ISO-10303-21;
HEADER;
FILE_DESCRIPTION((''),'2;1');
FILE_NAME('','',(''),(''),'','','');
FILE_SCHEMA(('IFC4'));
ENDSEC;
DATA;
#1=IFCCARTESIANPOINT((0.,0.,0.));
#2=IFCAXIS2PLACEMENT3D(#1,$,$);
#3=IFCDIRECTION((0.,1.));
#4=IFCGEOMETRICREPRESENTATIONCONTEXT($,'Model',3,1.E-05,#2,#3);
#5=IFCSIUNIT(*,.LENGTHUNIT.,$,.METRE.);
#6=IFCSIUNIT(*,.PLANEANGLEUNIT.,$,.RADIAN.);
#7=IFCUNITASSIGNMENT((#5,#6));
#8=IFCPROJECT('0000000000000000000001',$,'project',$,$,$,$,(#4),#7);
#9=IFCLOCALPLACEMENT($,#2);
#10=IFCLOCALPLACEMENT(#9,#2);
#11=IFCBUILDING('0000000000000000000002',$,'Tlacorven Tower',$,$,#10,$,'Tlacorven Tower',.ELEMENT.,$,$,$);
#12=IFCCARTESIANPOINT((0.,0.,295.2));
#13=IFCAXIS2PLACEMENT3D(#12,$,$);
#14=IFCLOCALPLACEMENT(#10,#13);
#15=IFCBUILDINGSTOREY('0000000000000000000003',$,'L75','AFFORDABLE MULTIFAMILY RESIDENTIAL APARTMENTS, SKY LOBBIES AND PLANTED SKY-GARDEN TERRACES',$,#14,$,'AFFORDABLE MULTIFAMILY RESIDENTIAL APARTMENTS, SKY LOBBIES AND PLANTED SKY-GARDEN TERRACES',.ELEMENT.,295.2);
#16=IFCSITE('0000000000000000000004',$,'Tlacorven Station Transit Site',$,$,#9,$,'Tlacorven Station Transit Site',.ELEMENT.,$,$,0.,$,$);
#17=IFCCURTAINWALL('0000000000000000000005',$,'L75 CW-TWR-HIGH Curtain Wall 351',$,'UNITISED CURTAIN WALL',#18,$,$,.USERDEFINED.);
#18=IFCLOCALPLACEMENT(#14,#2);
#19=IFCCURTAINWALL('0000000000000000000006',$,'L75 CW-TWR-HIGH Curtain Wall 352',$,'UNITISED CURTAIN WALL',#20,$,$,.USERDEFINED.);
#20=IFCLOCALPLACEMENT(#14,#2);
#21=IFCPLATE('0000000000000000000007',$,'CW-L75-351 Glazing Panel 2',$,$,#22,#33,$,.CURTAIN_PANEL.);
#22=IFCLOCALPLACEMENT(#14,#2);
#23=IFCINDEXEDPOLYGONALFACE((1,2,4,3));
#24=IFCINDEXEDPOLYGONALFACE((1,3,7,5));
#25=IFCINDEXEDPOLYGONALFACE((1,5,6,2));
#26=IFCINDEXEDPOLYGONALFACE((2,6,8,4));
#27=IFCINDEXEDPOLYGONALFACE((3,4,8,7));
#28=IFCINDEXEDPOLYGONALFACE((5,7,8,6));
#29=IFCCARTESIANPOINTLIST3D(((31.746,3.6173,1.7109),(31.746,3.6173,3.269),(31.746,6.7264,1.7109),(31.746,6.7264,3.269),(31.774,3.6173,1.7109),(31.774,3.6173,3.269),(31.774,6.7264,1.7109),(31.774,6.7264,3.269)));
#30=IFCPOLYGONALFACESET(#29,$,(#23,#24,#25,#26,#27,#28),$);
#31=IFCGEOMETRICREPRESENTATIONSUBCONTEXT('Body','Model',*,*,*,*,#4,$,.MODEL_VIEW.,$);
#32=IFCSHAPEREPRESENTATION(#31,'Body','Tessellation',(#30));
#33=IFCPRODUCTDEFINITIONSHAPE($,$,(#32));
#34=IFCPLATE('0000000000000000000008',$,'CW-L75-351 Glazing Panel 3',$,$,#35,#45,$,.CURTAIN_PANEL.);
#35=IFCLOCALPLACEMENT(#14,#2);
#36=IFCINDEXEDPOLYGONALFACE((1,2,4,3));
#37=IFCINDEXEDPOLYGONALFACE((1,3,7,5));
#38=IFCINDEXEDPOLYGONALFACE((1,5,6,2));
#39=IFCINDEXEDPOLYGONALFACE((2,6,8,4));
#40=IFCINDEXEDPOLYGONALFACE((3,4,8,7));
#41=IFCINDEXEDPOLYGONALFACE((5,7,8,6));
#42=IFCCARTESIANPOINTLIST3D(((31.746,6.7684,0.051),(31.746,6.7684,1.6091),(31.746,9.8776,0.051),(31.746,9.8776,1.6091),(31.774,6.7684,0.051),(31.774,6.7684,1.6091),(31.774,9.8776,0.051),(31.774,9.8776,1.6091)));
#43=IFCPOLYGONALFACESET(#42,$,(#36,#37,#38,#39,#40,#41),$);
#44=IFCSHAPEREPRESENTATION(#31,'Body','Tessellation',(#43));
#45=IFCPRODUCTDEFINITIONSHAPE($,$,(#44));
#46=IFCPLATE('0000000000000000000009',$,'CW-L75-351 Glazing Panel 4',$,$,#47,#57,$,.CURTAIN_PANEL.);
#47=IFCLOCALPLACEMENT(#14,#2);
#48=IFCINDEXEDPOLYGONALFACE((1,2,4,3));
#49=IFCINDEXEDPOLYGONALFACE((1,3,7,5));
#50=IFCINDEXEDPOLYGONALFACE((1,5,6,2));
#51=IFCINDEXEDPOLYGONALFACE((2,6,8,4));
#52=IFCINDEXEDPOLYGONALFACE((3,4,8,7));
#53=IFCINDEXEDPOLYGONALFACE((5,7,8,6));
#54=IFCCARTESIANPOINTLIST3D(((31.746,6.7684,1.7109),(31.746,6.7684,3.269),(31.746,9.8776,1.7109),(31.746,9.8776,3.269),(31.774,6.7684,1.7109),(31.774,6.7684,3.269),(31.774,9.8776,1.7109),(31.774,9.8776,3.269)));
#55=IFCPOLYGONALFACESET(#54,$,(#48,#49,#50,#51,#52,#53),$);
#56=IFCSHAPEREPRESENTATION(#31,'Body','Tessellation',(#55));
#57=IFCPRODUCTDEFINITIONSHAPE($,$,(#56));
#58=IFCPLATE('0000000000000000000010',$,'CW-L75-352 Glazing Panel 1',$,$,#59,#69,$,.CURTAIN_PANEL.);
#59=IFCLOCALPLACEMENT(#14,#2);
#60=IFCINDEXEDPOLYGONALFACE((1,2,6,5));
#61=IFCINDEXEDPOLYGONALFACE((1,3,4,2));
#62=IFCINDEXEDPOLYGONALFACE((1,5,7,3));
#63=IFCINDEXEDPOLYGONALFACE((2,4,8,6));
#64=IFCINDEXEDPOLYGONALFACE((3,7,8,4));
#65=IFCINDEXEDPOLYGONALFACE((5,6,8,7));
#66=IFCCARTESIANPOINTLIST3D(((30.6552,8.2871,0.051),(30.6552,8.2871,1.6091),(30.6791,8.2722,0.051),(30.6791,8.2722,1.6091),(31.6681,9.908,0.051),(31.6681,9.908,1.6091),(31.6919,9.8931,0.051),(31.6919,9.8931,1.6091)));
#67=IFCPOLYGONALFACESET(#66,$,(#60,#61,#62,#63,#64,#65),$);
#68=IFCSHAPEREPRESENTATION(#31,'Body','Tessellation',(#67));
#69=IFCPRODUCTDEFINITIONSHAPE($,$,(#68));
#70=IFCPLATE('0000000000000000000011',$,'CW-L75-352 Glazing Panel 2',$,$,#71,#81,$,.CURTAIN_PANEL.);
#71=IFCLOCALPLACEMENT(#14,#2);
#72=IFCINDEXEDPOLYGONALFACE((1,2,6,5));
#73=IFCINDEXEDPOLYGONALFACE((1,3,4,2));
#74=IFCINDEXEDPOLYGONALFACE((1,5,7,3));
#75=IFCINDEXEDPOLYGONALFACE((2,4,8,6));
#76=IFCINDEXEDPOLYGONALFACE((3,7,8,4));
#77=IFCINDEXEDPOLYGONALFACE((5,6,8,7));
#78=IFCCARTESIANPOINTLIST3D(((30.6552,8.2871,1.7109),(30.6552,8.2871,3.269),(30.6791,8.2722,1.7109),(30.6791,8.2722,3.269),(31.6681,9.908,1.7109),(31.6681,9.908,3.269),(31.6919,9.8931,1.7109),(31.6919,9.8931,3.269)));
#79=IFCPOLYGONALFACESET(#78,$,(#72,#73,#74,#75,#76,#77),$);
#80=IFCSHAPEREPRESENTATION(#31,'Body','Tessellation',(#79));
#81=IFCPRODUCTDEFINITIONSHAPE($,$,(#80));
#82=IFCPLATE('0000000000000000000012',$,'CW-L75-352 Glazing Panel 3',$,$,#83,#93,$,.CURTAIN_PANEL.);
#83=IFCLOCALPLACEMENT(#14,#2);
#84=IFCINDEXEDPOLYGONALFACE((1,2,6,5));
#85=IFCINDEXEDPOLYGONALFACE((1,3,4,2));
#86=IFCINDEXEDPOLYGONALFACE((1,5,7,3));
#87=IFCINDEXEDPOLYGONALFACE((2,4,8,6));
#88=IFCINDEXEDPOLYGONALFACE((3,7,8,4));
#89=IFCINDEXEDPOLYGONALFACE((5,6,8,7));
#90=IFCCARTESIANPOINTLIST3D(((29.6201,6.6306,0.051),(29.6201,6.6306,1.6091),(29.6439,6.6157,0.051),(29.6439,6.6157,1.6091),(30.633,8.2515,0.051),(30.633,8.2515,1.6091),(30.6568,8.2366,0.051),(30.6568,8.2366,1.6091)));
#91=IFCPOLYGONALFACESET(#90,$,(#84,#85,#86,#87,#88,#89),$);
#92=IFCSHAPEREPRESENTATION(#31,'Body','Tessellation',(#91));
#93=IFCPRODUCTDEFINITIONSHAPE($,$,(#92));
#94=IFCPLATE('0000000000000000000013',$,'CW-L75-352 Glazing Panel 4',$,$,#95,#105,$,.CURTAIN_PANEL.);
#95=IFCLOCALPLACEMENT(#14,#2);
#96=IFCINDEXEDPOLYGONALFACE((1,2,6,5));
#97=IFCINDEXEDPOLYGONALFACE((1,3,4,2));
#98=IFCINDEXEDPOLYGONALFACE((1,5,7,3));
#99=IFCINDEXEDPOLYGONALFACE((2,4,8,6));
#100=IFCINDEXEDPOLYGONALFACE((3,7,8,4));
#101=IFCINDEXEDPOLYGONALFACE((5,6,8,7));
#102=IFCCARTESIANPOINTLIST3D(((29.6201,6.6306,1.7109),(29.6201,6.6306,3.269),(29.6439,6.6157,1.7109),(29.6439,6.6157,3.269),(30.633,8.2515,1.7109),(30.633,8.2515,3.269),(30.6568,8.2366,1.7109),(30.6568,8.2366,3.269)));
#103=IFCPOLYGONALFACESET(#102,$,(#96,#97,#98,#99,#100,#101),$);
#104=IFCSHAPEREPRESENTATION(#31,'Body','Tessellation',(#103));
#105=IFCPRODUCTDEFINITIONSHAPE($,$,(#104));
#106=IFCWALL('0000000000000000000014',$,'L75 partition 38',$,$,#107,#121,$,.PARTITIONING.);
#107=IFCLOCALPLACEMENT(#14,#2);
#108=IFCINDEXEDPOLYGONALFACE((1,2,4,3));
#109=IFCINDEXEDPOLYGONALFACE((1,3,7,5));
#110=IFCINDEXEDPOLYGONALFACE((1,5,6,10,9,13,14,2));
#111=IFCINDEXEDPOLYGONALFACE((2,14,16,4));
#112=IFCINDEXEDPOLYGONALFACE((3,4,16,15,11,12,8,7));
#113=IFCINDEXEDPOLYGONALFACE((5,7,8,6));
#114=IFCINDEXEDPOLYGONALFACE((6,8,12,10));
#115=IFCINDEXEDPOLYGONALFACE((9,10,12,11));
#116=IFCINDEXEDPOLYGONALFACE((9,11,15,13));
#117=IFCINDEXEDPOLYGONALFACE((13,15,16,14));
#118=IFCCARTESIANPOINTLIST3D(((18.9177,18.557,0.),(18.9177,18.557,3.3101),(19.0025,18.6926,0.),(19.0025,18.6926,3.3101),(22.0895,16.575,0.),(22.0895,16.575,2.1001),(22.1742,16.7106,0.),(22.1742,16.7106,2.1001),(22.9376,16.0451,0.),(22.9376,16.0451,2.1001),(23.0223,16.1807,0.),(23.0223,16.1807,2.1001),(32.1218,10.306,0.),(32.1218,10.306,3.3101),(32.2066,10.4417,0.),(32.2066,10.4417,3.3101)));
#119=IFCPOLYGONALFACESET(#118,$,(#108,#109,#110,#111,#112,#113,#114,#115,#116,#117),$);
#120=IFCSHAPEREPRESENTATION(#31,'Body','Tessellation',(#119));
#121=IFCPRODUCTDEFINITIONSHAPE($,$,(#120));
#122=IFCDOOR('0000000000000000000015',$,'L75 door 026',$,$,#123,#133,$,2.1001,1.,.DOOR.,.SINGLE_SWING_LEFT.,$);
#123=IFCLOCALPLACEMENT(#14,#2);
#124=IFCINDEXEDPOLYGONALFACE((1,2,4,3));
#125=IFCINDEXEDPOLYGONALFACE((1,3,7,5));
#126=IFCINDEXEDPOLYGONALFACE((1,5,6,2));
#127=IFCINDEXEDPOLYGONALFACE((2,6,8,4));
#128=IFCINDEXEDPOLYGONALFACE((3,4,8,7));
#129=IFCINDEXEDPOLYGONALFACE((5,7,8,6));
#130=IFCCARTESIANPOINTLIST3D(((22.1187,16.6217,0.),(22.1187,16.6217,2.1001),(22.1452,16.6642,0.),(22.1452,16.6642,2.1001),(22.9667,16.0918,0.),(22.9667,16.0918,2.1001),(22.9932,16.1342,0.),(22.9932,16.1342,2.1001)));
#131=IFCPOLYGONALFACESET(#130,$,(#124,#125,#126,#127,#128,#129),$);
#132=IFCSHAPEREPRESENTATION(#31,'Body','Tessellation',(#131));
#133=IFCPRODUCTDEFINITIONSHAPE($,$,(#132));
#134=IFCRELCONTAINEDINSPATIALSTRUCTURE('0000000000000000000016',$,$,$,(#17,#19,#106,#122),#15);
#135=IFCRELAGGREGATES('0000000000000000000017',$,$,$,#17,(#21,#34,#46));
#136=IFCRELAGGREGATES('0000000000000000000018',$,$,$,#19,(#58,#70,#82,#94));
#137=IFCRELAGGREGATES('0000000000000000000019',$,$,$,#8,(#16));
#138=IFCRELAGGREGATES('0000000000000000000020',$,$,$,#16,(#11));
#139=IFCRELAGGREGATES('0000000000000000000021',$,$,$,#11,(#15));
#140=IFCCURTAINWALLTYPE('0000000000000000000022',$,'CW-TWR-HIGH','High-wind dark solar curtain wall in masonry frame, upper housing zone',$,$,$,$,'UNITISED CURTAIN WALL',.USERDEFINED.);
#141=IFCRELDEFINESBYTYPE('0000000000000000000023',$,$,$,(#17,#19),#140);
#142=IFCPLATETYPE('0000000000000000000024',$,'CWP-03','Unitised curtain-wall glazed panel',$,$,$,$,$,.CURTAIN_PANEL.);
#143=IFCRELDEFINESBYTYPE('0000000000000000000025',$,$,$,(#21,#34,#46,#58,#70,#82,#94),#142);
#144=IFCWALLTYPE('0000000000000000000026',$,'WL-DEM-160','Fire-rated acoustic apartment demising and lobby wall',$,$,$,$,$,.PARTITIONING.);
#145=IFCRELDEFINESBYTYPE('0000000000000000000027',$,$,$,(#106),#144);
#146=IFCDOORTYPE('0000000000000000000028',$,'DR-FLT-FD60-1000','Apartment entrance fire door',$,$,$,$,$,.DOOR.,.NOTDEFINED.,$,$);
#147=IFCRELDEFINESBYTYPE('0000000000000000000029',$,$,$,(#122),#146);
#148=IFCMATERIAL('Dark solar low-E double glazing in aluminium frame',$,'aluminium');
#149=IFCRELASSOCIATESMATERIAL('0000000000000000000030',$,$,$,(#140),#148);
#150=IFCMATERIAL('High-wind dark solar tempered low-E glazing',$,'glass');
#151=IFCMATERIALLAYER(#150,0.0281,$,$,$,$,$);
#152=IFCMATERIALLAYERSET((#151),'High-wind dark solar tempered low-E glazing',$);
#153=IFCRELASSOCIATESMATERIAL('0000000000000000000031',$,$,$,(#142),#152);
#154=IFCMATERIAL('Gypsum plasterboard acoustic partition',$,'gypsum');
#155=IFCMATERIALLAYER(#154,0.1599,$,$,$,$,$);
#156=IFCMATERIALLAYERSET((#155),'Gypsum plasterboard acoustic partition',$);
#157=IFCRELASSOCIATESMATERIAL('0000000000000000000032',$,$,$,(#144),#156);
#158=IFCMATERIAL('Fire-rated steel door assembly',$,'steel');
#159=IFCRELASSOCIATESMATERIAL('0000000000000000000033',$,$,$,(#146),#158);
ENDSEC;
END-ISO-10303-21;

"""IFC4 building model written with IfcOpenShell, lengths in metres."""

from ifc_helpers import new_model, si_unit, direction, frame, frame_2d, origin, origin_2d, place, context, subcontext, project, spatial, rectangle, extrude, source, transform, mapped, material, layer, layer_set, type_object, element, fill, aggregate, save


model = new_model("IFC4")

# Units and contexts
model_context = context("Model", 3, precision=1e-05, world=origin(), true_north=direction((0.0, 1.0)))
body_context = subcontext(model_context, "Body", "Model", "MODEL_VIEW")
ifc_project = project(units=[si_unit("LENGTHUNIT", "METRE"), si_unit("PLANEANGLEUNIT", "RADIAN")], contexts=[model_context])

# Site, building, storey
site_placement = place(None, origin())
site = spatial("IfcSite", under=ifc_project, at=site_placement, Name="Tlacorven Station Transit Site", LongName="Tlacorven Station Transit Site", CompositionType="ELEMENT", RefElevation=0.0)
building_placement = place(site_placement, origin())
building = spatial("IfcBuilding", under=site, at=building_placement, Name="Tlacorven Tower", LongName="Tlacorven Tower", CompositionType="ELEMENT")
storey_placement = place(building_placement, frame((0.0, 0.0, 295.2)))
storey = spatial("IfcBuildingStorey", under=building, at=storey_placement, Name="L75", Description="AFFORDABLE MULTIFAMILY RESIDENTIAL APARTMENTS, SKY LOBBIES AND PLANTED SKY-GARDEN TERRACES", LongName="AFFORDABLE MULTIFAMILY RESIDENTIAL APARTMENTS, SKY LOBBIES AND PLANTED SKY-GARDEN TERRACES", CompositionType="ELEMENT", Elevation=295.2)

# Shared definitions
ifc_material_1 = material(Name="Dark solar low-E double glazing in aluminium frame", Category="aluminium")
curtain_wall_type = type_object("IfcCurtainWallType", Name="CW-TWR-HIGH", Description="High-wind dark solar curtain wall in masonry frame, upper housing zone", ElementType="UNITISED CURTAIN WALL", PredefinedType="USERDEFINED", material=ifc_material_1)

# Curtain walls
curtain_wall_1_placement = place(storey_placement, origin())
curtain_wall_1 = element("IfcCurtainWall", 1, at=curtain_wall_1_placement, inside=storey, type_object=curtain_wall_type, Name="L75 CW-TWR-HIGH Curtain Wall 351", ObjectType="UNITISED CURTAIN WALL", PredefinedType="USERDEFINED")
curtain_wall_2_placement = place(storey_placement, origin())
curtain_wall_2 = element("IfcCurtainWall", 2, at=curtain_wall_2_placement, inside=storey, type_object=curtain_wall_type, Name="L75 CW-TWR-HIGH Curtain Wall 352", ObjectType="UNITISED CURTAIN WALL", PredefinedType="USERDEFINED")

# Plates
ifc_material_2 = material(Name="High-wind dark solar tempered low-E glazing", Category="glass")
ifc_layer_1 = layer(ifc_material_2, 0.0281)
ifc_layer_set_1 = layer_set([ifc_layer_1], Name="High-wind dark solar tempered low-E glazing")
plate_type = type_object("IfcPlateType", Name="CWP-03", Description="Unitised curtain-wall glazed panel", PredefinedType="CURTAIN_PANEL", material=ifc_layer_set_1)
shared_shape_1 = source(origin(), body_context, "Body", "SweptSolid", [
    extrude(rectangle(XDim=3.1091, YDim=0.0281, at=origin_2d()), origin(), (0.0, 0.0, 1.0), 1.5581),
])
plate_1_placement = place(storey_placement, frame((31.76, 5.1719, 1.7109), z_axis=(0.0, 0.0, 1.0), x_axis=(0.0, 1.0, 0.0)))
plate_1 = element("IfcPlate", 3, at=plate_1_placement, type_object=plate_type, Name="CW-L75-351 Glazing Panel 2", PredefinedType="CURTAIN_PANEL", context=body_context, shape_type="MappedRepresentation", body=[
    mapped(shared_shape_1, transform((0.0, 0.0, 0.0), scale=1.0)),
])
plate_2_placement = place(storey_placement, frame((31.76, 8.323, 0.051), z_axis=(0.0, 0.0, 1.0), x_axis=(0.0, 1.0, 0.0)))
plate_2 = element("IfcPlate", 4, at=plate_2_placement, type_object=plate_type, Name="CW-L75-351 Glazing Panel 3", PredefinedType="CURTAIN_PANEL", context=body_context, shape_type="MappedRepresentation", body=[
    mapped(shared_shape_1, transform((0.0, 0.0, 0.0), scale=1.0)),
])
plate_3_placement = place(storey_placement, frame((31.76, 8.323, 1.7109), z_axis=(0.0, 0.0, 1.0), x_axis=(0.0, 1.0, 0.0)))
plate_3 = element("IfcPlate", 5, at=plate_3_placement, type_object=plate_type, Name="CW-L75-351 Glazing Panel 4", PredefinedType="CURTAIN_PANEL", context=body_context, shape_type="MappedRepresentation", body=[
    mapped(shared_shape_1, transform((0.0, 0.0, 0.0), scale=1.0)),
])
aggregate(curtain_wall_1, [plate_1, plate_2, plate_3])
shared_shape_2 = source(origin(), body_context, "Body", "SweptSolid", [
    extrude(rectangle(XDim=1.9114, YDim=0.0281, at=origin_2d()), origin(), (0.0, 0.0, 1.0), 1.5581),
])
plate_4_placement = place(storey_placement, frame((31.1736, 9.0901, 0.051), z_axis=(0.0, 0.0, 1.0), x_axis=(-0.529919, -0.848048, 0.0)))
plate_4 = element("IfcPlate", 6, at=plate_4_placement, type_object=plate_type, Name="CW-L75-352 Glazing Panel 1", PredefinedType="CURTAIN_PANEL", context=body_context, shape_type="MappedRepresentation", body=[
    mapped(shared_shape_2, transform((0.0, 0.0, 0.0), scale=1.0)),
])
plate_5_placement = place(storey_placement, frame((31.1736, 9.0901, 1.7109), z_axis=(0.0, 0.0, 1.0), x_axis=(-0.529919, -0.848048, 0.0)))
plate_5 = element("IfcPlate", 7, at=plate_5_placement, type_object=plate_type, Name="CW-L75-352 Glazing Panel 2", PredefinedType="CURTAIN_PANEL", context=body_context, shape_type="MappedRepresentation", body=[
    mapped(shared_shape_2, transform((0.0, 0.0, 0.0), scale=1.0)),
])
plate_6_placement = place(storey_placement, frame((30.1384, 7.4336, 0.051), z_axis=(0.0, 0.0, 1.0), x_axis=(-0.529919, -0.848048, 0.0)))
plate_6 = element("IfcPlate", 8, at=plate_6_placement, type_object=plate_type, Name="CW-L75-352 Glazing Panel 3", PredefinedType="CURTAIN_PANEL", context=body_context, shape_type="MappedRepresentation", body=[
    mapped(shared_shape_2, transform((0.0, 0.0, 0.0), scale=1.0)),
])
plate_7_placement = place(storey_placement, frame((30.1384, 7.4336, 1.7109), z_axis=(0.0, 0.0, 1.0), x_axis=(-0.529919, -0.848048, 0.0)))
plate_7 = element("IfcPlate", 9, at=plate_7_placement, type_object=plate_type, Name="CW-L75-352 Glazing Panel 4", PredefinedType="CURTAIN_PANEL", context=body_context, shape_type="MappedRepresentation", body=[
    mapped(shared_shape_2, transform((0.0, 0.0, 0.0), scale=1.0)),
])
aggregate(curtain_wall_2, [plate_4, plate_5, plate_6, plate_7])

# Wall, opening, door
ifc_material_3 = material(Name="Gypsum plasterboard acoustic partition", Category="gypsum")
ifc_layer_2 = layer(ifc_material_3, 0.1599)
ifc_layer_set_2 = layer_set([ifc_layer_2], Name="Gypsum plasterboard acoustic partition")
wall_type = type_object("IfcWallType", Name="WL-DEM-160", Description="Fire-rated acoustic apartment demising and lobby wall", PredefinedType="PARTITIONING", material=ifc_layer_set_2)
wall_placement = place(storey_placement, frame((32.1643, 10.3738, 0.0), z_axis=(0.0, 0.0, 1.0), x_axis=(-0.848044, 0.529926, 0.0)))
wall = element("IfcWall", 10, at=wall_placement, inside=storey, type_object=wall_type, Name="L75 partition 38", PredefinedType="PARTITIONING", context=body_context, shape_type="SweptSolid", body=[
    extrude(rectangle(XDim=15.5701, YDim=0.1599, at=frame_2d((7.7852, 0.0))), origin(), (0.0, 0.0, 1.0), 3.3101),
])
opening_placement = place(wall_placement, frame((10.8301, 0.0, 0.0)))
opening = element("IfcOpeningElement", 11, at=opening_placement, cuts=wall, PredefinedType="OPENING", context=body_context, shape_type="SweptSolid", body=[
    extrude(rectangle(XDim=1.0, YDim=2.1001, at=frame_2d((0.5, 1.05))), frame((0.0, 0.0898, 0.0), z_axis=(0.0, -1.0, 0.0), x_axis=(1.0, 0.0, 0.0)), (0.0, 0.0, 1.0), 0.1799),
])
ifc_material_4 = material(Name="Fire-rated steel door assembly", Category="steel")
door_type = type_object("IfcDoorType", Name="DR-FLT-FD60-1000", Description="Apartment entrance fire door", OperationType="NOTDEFINED", PredefinedType="DOOR", material=ifc_material_4)
shared_shape_3 = source(origin(), body_context, "Body", "SweptSolid", [
    extrude(rectangle(XDim=1.0, YDim=2.1001, at=frame_2d((0.5, 1.05))), frame((0.0, 0.0249, 0.0), z_axis=(0.0, -1.0, 0.0), x_axis=(1.0, 0.0, 0.0)), (0.0, 0.0, 1.0), 0.05),
])
door_placement = place(opening_placement, origin())
door = element("IfcDoor", 12, at=door_placement, inside=storey, type_object=door_type, Name="L75 door 026", OperationType="SINGLE_SWING_LEFT", OverallHeight=2.1001, OverallWidth=1.0, PredefinedType="DOOR", context=body_context, shape_type="MappedRepresentation", body=[
    mapped(shared_shape_3, transform((0.0, 0.0, 0.0), scale=1.0)),
])
fill(opening, door)

save(model, "model.ifc")
